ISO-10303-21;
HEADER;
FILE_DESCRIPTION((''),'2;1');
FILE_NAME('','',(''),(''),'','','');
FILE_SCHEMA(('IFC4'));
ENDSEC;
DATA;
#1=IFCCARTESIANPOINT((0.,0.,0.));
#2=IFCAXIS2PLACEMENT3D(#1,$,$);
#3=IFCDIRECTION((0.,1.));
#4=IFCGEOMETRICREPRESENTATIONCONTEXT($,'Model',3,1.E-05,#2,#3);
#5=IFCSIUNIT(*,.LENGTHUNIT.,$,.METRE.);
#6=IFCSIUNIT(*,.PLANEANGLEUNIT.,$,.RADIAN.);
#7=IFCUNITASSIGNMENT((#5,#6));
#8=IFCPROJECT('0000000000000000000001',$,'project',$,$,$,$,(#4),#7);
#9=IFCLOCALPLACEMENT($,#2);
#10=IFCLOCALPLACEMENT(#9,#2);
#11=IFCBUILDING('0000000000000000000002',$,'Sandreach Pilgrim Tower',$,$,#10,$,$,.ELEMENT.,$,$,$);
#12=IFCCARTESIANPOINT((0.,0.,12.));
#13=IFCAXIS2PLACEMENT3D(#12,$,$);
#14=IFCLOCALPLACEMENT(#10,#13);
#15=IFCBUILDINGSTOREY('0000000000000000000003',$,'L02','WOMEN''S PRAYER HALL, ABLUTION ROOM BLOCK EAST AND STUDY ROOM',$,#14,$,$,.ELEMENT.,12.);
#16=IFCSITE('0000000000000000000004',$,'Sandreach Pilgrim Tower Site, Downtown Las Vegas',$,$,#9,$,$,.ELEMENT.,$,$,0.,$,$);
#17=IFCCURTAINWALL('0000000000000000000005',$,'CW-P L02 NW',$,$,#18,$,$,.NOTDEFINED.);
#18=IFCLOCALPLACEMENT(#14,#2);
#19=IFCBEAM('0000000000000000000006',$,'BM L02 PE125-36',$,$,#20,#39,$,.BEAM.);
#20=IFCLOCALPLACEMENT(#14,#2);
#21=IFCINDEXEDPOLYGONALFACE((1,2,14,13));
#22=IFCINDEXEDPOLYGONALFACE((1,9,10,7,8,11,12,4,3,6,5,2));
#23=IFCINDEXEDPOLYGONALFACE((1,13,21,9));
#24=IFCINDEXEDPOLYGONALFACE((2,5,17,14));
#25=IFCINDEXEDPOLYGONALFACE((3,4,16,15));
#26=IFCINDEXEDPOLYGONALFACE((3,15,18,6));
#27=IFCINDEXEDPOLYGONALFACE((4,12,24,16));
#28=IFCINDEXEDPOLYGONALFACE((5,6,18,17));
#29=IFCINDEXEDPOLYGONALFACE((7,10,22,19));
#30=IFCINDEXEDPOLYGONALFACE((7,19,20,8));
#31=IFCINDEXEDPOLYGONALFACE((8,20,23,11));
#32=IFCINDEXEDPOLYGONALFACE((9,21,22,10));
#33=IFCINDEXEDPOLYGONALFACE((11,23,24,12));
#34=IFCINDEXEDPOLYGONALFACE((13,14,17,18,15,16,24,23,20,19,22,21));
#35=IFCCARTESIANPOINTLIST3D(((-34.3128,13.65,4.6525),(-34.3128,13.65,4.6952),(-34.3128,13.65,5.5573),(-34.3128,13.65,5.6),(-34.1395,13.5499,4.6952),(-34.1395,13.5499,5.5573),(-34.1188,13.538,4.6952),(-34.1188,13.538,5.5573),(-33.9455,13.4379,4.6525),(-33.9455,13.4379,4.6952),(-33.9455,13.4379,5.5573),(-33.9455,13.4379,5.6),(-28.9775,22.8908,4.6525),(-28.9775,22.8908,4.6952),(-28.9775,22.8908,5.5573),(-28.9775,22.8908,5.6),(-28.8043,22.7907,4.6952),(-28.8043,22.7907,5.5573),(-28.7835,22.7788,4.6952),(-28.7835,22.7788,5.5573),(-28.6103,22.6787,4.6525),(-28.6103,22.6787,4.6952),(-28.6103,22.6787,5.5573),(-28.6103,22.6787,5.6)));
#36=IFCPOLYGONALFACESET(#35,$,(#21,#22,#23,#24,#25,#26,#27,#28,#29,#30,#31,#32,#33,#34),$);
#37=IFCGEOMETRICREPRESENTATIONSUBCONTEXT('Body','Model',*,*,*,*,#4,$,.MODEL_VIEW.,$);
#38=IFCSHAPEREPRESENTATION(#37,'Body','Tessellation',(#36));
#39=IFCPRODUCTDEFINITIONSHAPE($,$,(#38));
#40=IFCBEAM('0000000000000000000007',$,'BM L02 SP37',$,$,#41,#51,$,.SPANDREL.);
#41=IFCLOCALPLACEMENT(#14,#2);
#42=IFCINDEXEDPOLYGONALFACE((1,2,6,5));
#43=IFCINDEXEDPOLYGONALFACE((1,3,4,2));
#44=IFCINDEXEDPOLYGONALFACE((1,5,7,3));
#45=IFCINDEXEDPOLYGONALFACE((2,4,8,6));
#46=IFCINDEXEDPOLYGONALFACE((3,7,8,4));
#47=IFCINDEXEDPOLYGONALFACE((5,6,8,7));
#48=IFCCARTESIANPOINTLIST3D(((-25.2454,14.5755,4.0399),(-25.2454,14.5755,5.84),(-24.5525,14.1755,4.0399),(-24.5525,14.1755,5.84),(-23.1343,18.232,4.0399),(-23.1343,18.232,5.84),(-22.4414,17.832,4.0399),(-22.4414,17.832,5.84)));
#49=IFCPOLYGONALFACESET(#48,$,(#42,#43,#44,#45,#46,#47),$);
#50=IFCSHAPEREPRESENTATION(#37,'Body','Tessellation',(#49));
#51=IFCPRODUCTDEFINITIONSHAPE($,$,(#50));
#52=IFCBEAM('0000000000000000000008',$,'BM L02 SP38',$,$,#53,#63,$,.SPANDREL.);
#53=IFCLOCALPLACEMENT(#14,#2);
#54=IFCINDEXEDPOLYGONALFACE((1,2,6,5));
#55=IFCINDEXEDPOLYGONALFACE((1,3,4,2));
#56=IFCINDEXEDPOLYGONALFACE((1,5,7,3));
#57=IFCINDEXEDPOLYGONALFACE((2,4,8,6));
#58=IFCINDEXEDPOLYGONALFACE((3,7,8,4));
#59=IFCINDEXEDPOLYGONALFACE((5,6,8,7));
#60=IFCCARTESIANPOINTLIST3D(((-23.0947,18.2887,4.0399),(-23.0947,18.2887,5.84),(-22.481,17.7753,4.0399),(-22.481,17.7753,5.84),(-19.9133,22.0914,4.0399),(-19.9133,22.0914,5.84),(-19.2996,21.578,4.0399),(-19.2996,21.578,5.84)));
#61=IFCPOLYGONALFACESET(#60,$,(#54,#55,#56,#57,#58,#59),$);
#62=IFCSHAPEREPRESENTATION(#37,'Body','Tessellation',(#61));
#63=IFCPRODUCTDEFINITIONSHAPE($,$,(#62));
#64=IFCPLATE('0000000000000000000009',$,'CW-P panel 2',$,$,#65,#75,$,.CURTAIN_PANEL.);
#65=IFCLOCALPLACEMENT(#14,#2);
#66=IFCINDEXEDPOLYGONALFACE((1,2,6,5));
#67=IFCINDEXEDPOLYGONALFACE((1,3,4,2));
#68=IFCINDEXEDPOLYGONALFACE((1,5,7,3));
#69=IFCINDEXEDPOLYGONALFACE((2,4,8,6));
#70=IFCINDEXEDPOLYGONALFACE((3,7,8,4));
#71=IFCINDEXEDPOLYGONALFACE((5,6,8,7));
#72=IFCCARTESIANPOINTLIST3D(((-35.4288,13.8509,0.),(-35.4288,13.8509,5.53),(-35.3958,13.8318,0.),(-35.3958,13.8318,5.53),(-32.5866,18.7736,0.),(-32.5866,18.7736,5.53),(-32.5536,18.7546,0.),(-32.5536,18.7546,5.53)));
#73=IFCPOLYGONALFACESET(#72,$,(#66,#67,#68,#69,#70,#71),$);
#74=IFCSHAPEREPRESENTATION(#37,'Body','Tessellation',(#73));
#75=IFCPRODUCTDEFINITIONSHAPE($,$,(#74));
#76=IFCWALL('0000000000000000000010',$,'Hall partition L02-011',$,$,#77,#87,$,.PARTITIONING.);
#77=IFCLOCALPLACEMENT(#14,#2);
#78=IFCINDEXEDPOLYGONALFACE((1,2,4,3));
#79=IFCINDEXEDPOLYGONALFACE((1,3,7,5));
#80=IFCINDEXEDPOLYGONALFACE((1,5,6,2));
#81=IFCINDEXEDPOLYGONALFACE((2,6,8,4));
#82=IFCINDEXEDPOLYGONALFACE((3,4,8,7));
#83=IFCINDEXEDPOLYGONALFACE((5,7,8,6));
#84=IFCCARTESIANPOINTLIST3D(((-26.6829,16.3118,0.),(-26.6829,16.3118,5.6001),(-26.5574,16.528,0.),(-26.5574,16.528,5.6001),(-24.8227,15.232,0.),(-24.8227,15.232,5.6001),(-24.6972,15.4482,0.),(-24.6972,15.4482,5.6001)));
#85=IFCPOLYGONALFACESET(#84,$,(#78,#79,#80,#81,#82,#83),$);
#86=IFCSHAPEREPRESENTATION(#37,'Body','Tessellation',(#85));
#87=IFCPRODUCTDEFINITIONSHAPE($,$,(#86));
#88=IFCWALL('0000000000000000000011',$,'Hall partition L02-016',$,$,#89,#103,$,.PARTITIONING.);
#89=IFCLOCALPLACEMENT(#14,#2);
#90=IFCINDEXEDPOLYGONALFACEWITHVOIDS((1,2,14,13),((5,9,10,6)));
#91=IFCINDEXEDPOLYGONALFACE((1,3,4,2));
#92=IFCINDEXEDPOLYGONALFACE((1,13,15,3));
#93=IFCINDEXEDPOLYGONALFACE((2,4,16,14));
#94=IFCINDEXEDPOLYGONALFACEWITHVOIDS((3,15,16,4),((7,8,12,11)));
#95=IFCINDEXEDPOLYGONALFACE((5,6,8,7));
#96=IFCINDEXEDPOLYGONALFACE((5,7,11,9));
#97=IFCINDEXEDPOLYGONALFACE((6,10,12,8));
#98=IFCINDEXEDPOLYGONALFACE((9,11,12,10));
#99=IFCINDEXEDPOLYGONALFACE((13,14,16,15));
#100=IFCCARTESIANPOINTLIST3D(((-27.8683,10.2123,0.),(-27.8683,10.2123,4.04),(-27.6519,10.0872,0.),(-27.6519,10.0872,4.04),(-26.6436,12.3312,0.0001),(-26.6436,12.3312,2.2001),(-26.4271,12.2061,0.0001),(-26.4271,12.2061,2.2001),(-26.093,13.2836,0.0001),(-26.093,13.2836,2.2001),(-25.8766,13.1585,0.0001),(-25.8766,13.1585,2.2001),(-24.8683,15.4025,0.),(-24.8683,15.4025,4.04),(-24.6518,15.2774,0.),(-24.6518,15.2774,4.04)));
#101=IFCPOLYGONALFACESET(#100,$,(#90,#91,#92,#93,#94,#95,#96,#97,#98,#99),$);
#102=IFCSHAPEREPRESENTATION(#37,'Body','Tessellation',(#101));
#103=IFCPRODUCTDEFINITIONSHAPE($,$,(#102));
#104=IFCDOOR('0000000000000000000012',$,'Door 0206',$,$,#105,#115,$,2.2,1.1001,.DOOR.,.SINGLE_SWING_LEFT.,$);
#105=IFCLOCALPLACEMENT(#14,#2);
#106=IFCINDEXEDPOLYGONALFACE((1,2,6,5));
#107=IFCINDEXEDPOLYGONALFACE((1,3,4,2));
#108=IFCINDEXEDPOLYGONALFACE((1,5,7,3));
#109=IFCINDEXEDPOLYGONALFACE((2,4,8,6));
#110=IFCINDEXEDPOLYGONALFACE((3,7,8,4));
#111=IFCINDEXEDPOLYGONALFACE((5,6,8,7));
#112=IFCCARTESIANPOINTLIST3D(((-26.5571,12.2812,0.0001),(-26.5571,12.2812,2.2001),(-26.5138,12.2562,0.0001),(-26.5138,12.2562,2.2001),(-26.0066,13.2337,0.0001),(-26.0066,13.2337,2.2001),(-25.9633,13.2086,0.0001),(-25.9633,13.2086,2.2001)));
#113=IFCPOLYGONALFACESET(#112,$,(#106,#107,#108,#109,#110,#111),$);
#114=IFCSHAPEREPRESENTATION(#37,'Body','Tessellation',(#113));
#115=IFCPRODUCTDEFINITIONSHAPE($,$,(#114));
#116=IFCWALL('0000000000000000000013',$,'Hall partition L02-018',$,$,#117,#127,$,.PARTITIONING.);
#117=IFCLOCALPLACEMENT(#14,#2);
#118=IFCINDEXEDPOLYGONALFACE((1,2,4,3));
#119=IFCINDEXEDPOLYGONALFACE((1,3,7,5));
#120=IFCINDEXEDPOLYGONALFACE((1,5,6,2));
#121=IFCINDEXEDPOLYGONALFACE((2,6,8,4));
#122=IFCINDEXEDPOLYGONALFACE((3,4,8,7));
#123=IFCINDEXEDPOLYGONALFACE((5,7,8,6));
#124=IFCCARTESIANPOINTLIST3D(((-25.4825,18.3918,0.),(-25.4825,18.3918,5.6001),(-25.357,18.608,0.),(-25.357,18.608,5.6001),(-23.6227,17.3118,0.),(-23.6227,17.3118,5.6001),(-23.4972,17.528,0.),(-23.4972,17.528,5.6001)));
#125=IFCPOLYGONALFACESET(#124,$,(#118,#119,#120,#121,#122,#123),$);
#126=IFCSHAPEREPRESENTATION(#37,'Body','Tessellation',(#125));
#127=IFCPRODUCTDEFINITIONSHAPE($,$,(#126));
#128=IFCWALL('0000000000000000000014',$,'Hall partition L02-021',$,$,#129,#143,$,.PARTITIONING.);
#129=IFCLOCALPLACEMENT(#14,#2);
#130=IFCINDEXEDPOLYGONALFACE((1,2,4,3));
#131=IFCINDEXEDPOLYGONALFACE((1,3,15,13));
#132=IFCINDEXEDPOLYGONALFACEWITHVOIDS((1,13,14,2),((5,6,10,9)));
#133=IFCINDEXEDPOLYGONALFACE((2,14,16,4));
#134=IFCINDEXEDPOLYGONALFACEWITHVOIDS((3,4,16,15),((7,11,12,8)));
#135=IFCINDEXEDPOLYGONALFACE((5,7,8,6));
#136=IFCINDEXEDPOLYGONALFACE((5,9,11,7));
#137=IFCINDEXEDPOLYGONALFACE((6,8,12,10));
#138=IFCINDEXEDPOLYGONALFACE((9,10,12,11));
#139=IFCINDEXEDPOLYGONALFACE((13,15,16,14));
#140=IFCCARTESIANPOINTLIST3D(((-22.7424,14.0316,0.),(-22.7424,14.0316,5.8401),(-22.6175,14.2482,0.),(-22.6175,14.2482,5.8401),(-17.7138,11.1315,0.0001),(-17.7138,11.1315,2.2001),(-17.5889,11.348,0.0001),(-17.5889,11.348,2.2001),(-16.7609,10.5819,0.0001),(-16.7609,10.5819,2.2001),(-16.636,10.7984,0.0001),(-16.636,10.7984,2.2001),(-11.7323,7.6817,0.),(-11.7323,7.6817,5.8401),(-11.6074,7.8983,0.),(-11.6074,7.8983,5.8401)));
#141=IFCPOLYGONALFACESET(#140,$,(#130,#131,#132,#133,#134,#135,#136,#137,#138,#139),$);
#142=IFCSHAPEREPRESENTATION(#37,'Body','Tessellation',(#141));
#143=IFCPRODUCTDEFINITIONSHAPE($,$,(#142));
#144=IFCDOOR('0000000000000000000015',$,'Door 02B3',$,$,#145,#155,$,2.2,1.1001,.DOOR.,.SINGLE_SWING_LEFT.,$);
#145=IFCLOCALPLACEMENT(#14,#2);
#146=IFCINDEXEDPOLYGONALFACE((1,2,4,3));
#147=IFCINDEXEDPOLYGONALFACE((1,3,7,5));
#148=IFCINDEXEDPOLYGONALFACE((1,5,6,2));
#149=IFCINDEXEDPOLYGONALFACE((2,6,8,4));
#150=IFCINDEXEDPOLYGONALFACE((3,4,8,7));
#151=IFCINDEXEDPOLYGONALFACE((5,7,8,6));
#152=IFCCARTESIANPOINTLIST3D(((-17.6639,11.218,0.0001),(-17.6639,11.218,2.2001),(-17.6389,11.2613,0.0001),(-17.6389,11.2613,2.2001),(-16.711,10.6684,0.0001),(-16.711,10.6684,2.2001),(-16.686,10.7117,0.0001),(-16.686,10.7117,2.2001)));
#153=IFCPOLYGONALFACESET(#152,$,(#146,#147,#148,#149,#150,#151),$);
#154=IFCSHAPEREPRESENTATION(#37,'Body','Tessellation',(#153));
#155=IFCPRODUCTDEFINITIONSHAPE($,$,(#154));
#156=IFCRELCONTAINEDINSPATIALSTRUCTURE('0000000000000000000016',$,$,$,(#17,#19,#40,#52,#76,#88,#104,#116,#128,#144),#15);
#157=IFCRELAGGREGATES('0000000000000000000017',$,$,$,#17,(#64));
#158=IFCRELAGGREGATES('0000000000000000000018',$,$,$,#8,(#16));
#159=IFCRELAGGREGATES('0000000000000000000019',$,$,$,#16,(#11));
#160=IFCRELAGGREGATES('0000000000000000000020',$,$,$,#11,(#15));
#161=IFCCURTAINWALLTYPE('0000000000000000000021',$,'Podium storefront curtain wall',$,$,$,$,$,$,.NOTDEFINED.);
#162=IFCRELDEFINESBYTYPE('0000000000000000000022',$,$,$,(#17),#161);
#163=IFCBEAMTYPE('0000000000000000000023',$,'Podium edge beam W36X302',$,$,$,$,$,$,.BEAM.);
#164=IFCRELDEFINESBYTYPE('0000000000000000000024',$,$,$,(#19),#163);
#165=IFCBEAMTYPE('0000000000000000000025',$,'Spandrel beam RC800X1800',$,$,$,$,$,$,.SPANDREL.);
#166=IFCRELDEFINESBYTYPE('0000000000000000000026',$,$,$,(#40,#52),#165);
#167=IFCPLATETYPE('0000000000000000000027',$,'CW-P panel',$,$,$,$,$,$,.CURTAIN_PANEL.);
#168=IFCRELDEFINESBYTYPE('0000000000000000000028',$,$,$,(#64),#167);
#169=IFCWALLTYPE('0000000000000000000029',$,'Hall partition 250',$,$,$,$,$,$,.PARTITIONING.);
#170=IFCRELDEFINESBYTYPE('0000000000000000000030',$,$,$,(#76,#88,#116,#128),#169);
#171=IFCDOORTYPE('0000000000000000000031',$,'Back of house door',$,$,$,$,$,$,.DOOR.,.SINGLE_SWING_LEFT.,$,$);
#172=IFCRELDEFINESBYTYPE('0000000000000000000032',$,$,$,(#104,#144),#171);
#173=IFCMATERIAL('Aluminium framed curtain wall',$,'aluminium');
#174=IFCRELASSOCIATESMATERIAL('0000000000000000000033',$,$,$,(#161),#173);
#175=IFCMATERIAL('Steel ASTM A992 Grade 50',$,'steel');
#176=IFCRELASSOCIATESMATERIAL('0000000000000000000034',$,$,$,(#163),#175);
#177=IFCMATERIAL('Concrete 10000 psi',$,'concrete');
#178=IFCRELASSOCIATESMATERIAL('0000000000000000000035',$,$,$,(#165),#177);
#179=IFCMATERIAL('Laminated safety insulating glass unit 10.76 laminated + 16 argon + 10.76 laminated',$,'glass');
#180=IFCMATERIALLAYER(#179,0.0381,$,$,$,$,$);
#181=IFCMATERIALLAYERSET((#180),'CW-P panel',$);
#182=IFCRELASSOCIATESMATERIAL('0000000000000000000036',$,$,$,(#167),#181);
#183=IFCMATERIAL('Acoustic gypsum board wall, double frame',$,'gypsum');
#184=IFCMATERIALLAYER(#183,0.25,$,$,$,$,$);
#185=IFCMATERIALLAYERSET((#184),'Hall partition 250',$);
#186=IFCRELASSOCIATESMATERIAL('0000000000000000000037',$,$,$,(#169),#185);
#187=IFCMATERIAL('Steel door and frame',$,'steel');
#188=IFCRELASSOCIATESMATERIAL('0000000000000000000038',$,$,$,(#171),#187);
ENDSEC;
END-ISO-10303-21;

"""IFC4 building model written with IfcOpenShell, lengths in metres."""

from ifc_helpers import new_model, si_unit, direction, frame, frame_2d, origin, origin_2d, place, context, subcontext, project, spatial, rectangle, i_section, extrude, material, layer, layer_set, material_profile, profile_set, type_object, element, fill, aggregate, save


model = new_model("IFC4")

# Units and contexts
model_context = context("Model", 3, precision=1e-05, world=origin(), true_north=direction((0.0, 1.0)))
body_context = subcontext(model_context, "Body", "Model", "MODEL_VIEW")
ifc_project = project(units=[si_unit("LENGTHUNIT", "METRE"), si_unit("PLANEANGLEUNIT", "RADIAN")], contexts=[model_context])

# Site, building, storey
site_placement = place(None, origin())
site = spatial("IfcSite", under=ifc_project, at=site_placement, Name="Sandreach Pilgrim Tower Site, Downtown Las Vegas", CompositionType="ELEMENT", RefElevation=0.0)
building_placement = place(site_placement, origin())
building = spatial("IfcBuilding", under=site, at=building_placement, Name="Sandreach Pilgrim Tower", CompositionType="ELEMENT")
storey_placement = place(building_placement, frame((0.0, 0.0, 12.0)))
storey = spatial("IfcBuildingStorey", under=building, at=storey_placement, Name="L02", Description="WOMEN'S PRAYER HALL, ABLUTION ROOM BLOCK EAST AND STUDY ROOM", CompositionType="ELEMENT", Elevation=12.0)

# Curtain wall
ifc_material_1 = material(Name="Aluminium framed curtain wall", Category="aluminium")
curtain_wall_type = type_object("IfcCurtainWallType", Name="Podium storefront curtain wall", PredefinedType="NOTDEFINED", material=ifc_material_1)
curtain_wall_placement = place(storey_placement, origin())
curtain_wall = element("IfcCurtainWall", 1, at=curtain_wall_placement, inside=storey, type_object=curtain_wall_type, Name="CW-P L02 NW", PredefinedType="NOTDEFINED")

# Beams
ifc_material_2 = material(Name="Steel ASTM A992 Grade 50", Category="steel")
ifc_material_profile_1 = material_profile(ifc_material_2, i_section(OverallWidth=0.4241, OverallDepth=0.9475, WebThickness=0.0239, FlangeThickness=0.0427, at=origin_2d()), Name="W36X302")
ifc_profile_set_1 = profile_set([ifc_material_profile_1], Name="Steel ASTM A992 Grade 50")
beam_type_1 = type_object("IfcBeamType", Name="Podium edge beam W36X302", PredefinedType="BEAM", material=ifc_profile_set_1)
beam_1_placement = place(storey_placement, frame((-34.1292, 13.5439, 5.1262), z_axis=(0.500005, 0.866023, 0.0), x_axis=(-0.866023, 0.500005, 0.0)))
element("IfcBeam", 2, at=beam_1_placement, inside=storey, type_object=beam_type_1, Name="BM L02 PE125-36", PredefinedType="BEAM", context=body_context, shape_type="SweptSolid", body=[
    extrude(i_section(OverallWidth=0.4241, OverallDepth=0.9475, WebThickness=0.0239, FlangeThickness=0.0427, at=origin_2d()), origin(), (0.0, 0.0, 1.0), 10.6704),
])
ifc_material_3 = material(Name="Concrete 10000 psi", Category="concrete")
ifc_material_profile_2 = material_profile(ifc_material_3, rectangle(XDim=0.8, YDim=1.8, at=origin_2d()), Name="RC800X1800")
ifc_profile_set_2 = profile_set([ifc_material_profile_2], Name="Concrete 10000 psi")
beam_type_2 = type_object("IfcBeamType", Name="Spandrel beam RC800X1800", PredefinedType="SPANDREL", material=ifc_profile_set_2)
beam_2_placement = place(storey_placement, frame((-24.8989, 14.3755, 4.9399), z_axis=(0.500001, 0.866025, 0.0), x_axis=(-0.866025, 0.500001, 0.0)))
element("IfcBeam", 3, at=beam_2_placement, inside=storey, type_object=beam_type_2, Name="BM L02 SP37", PredefinedType="SPANDREL", context=body_context, shape_type="SweptSolid", body=[
    extrude(rectangle(XDim=0.8, YDim=1.8, at=origin_2d()), origin(), (0.0, 0.0, 1.0), 4.2222),
])
beam_3_placement = place(storey_placement, frame((-22.7878, 18.032, 4.9399), z_axis=(0.641665, 0.766985, 0.0), x_axis=(-0.766985, 0.641665, 0.0)))
element("IfcBeam", 4, at=beam_3_placement, inside=storey, type_object=beam_type_2, Name="BM L02 SP38", PredefinedType="SPANDREL", context=body_context, shape_type="SweptSolid", body=[
    extrude(rectangle(XDim=0.8, YDim=1.8, at=origin_2d()), origin(), (0.0, 0.0, 1.0), 4.958),
])

# Plate
ifc_material_4 = material(Name="Laminated safety insulating glass unit 10.76 laminated + 16 argon + 10.76 laminated", Category="glass")
ifc_layer_1 = layer(ifc_material_4, 0.0381)
ifc_layer_set_1 = layer_set([ifc_layer_1], Name="CW-P panel")
plate_type = type_object("IfcPlateType", Name="CW-P panel", PredefinedType="CURTAIN_PANEL", material=ifc_layer_set_1)
plate_placement = place(storey_placement, frame((-33.9912, 16.3027, 0.0), z_axis=(0.0, 0.0, 1.0), x_axis=(0.5, 0.866025, 0.0)))
plate = element("IfcPlate", 5, at=plate_placement, type_object=plate_type, Name="CW-P panel 2", PredefinedType="CURTAIN_PANEL", context=body_context, shape_type="SweptSolid", body=[
    extrude(rectangle(XDim=5.6843, YDim=0.0381, at=origin_2d()), origin(), (0.0, 0.0, 1.0), 5.53),
])
aggregate(curtain_wall, [plate])

# Wall
ifc_material_5 = material(Name="Acoustic gypsum board wall, double frame", Category="gypsum")
ifc_layer_2 = layer(ifc_material_5, 0.25)
ifc_layer_set_2 = layer_set([ifc_layer_2], Name="Hall partition 250")
wall_type_1 = type_object("IfcWallType", Name="Hall partition 250", PredefinedType="PARTITIONING", material=ifc_layer_set_2)
wall_1_placement = place(storey_placement, frame((-26.6201, 16.4199, 0.0), z_axis=(0.0, 0.0, 1.0), x_axis=(0.864835, -0.502056, 0.0)))
element("IfcWall", 6, at=wall_1_placement, inside=storey, type_object=wall_type_1, Name="Hall partition L02-011", PredefinedType="PARTITIONING", context=body_context, shape_type="SweptSolid", body=[
    extrude(rectangle(XDim=2.1509, YDim=0.25, at=frame_2d((1.0754, 0.0))), origin(), (0.0, 0.0, 1.0), 5.6001),
])

# Wall, opening, door
wall_2_placement = place(storey_placement, frame((-24.76, 15.3401, 0.0), z_axis=(0.0, 0.0, 1.0), x_axis=(-0.500431, -0.865776, 0.0)))
wall_2 = element("IfcWall", 7, at=wall_2_placement, inside=storey, type_object=wall_type_1, Name="Hall partition L02-016", PredefinedType="PARTITIONING", context=body_context, shape_type="SweptSolid", body=[
    extrude(rectangle(XDim=5.9949, YDim=0.25, at=frame_2d((2.9976, 0.0))), origin(), (0.0, 0.0, 1.0), 4.04),
])
opening_1_placement = place(wall_2_placement, frame((2.4475, 0.0, 0.0)))
opening_1 = element("IfcOpeningElement", 8, at=opening_1_placement, cuts=wall_2, PredefinedType="OPENING", context=body_context, shape_type="SweptSolid", body=[
    extrude(rectangle(XDim=1.1001, YDim=2.2, at=frame_2d((0.55, 1.1001))), frame((0.0, 0.125, 0.0), z_axis=(0.0, -1.0, 0.0), x_axis=(1.0, 0.0, 0.0)), (0.0, 0.0, 1.0), 0.25),
])
ifc_material_6 = material(Name="Steel door and frame", Category="steel")
door_type_1 = type_object("IfcDoorType", Name="Back of house door", OperationType="SINGLE_SWING_LEFT", PredefinedType="DOOR", material=ifc_material_6)
door_1_placement = place(opening_1_placement, origin())
door_1 = element("IfcDoor", 9, at=door_1_placement, inside=storey, type_object=door_type_1, Name="Door 0206", OperationType="SINGLE_SWING_LEFT", OverallHeight=2.2, OverallWidth=1.1001, PredefinedType="DOOR", context=body_context, shape_type="SweptSolid", body=[
    extrude(rectangle(XDim=1.1001, YDim=2.2, at=frame_2d((0.55, 1.1001))), frame((0.0, 0.0249, 0.0), z_axis=(0.0, -1.0, 0.0), x_axis=(1.0, 0.0, 0.0)), (0.0, 0.0, 1.0), 0.05),
])
fill(opening_1, door_1)

# Wall
wall_3_placement = place(storey_placement, frame((-23.5601, 17.4199, 0.0), z_axis=(0.0, 0.0, 1.0), x_axis=(-0.864757, 0.50219, 0.0)))
element("IfcWall", 10, at=wall_3_placement, inside=storey, type_object=wall_type_1, Name="Hall partition L02-018", PredefinedType="PARTITIONING", context=body_context, shape_type="SweptSolid", body=[
    extrude(rectangle(XDim=2.1506, YDim=0.25, at=frame_2d((1.0752, 0.0))), origin(), (0.0, 0.0, 1.0), 5.6001),
])

# Wall, opening, door
wall_4_placement = place(storey_placement, frame((-22.6799, 14.1399, 0.0), z_axis=(0.0, 0.0, 1.0), x_axis=(0.866256, -0.4996, 0.0)))
wall_4 = element("IfcWall", 11, at=wall_4_placement, inside=storey, type_object=wall_type_1, Name="Hall partition L02-021", PredefinedType="PARTITIONING", context=body_context, shape_type="SweptSolid", body=[
    extrude(rectangle(XDim=12.71, YDim=0.25, at=frame_2d((6.355, 0.0))), origin(), (0.0, 0.0, 1.0), 5.8401),
])
opening_2_placement = place(wall_4_placement, frame((5.8049, 0.0, 0.0)))
opening_2 = element("IfcOpeningElement", 12, at=opening_2_placement, cuts=wall_4, PredefinedType="OPENING", context=body_context, shape_type="SweptSolid", body=[
    extrude(rectangle(XDim=1.1001, YDim=2.2, at=frame_2d((0.55, 1.1001))), frame((0.0, 0.125, 0.0), z_axis=(0.0, -1.0, 0.0), x_axis=(1.0, 0.0, 0.0)), (0.0, 0.0, 1.0), 0.25),
])
door_2_placement = place(opening_2_placement, origin())
door_2 = element("IfcDoor", 13, at=door_2_placement, inside=storey, type_object=door_type_1, Name="Door 02B3", OperationType="SINGLE_SWING_LEFT", OverallHeight=2.2, OverallWidth=1.1001, PredefinedType="DOOR", context=body_context, shape_type="SweptSolid", body=[
    extrude(rectangle(XDim=1.1001, YDim=2.2, at=frame_2d((0.55, 1.1001))), frame((0.0, 0.0249, 0.0), z_axis=(0.0, -1.0, 0.0), x_axis=(1.0, 0.0, 0.0)), (0.0, 0.0, 1.0), 0.05),
])
fill(opening_2, door_2)

save(model, "model.ifc")
